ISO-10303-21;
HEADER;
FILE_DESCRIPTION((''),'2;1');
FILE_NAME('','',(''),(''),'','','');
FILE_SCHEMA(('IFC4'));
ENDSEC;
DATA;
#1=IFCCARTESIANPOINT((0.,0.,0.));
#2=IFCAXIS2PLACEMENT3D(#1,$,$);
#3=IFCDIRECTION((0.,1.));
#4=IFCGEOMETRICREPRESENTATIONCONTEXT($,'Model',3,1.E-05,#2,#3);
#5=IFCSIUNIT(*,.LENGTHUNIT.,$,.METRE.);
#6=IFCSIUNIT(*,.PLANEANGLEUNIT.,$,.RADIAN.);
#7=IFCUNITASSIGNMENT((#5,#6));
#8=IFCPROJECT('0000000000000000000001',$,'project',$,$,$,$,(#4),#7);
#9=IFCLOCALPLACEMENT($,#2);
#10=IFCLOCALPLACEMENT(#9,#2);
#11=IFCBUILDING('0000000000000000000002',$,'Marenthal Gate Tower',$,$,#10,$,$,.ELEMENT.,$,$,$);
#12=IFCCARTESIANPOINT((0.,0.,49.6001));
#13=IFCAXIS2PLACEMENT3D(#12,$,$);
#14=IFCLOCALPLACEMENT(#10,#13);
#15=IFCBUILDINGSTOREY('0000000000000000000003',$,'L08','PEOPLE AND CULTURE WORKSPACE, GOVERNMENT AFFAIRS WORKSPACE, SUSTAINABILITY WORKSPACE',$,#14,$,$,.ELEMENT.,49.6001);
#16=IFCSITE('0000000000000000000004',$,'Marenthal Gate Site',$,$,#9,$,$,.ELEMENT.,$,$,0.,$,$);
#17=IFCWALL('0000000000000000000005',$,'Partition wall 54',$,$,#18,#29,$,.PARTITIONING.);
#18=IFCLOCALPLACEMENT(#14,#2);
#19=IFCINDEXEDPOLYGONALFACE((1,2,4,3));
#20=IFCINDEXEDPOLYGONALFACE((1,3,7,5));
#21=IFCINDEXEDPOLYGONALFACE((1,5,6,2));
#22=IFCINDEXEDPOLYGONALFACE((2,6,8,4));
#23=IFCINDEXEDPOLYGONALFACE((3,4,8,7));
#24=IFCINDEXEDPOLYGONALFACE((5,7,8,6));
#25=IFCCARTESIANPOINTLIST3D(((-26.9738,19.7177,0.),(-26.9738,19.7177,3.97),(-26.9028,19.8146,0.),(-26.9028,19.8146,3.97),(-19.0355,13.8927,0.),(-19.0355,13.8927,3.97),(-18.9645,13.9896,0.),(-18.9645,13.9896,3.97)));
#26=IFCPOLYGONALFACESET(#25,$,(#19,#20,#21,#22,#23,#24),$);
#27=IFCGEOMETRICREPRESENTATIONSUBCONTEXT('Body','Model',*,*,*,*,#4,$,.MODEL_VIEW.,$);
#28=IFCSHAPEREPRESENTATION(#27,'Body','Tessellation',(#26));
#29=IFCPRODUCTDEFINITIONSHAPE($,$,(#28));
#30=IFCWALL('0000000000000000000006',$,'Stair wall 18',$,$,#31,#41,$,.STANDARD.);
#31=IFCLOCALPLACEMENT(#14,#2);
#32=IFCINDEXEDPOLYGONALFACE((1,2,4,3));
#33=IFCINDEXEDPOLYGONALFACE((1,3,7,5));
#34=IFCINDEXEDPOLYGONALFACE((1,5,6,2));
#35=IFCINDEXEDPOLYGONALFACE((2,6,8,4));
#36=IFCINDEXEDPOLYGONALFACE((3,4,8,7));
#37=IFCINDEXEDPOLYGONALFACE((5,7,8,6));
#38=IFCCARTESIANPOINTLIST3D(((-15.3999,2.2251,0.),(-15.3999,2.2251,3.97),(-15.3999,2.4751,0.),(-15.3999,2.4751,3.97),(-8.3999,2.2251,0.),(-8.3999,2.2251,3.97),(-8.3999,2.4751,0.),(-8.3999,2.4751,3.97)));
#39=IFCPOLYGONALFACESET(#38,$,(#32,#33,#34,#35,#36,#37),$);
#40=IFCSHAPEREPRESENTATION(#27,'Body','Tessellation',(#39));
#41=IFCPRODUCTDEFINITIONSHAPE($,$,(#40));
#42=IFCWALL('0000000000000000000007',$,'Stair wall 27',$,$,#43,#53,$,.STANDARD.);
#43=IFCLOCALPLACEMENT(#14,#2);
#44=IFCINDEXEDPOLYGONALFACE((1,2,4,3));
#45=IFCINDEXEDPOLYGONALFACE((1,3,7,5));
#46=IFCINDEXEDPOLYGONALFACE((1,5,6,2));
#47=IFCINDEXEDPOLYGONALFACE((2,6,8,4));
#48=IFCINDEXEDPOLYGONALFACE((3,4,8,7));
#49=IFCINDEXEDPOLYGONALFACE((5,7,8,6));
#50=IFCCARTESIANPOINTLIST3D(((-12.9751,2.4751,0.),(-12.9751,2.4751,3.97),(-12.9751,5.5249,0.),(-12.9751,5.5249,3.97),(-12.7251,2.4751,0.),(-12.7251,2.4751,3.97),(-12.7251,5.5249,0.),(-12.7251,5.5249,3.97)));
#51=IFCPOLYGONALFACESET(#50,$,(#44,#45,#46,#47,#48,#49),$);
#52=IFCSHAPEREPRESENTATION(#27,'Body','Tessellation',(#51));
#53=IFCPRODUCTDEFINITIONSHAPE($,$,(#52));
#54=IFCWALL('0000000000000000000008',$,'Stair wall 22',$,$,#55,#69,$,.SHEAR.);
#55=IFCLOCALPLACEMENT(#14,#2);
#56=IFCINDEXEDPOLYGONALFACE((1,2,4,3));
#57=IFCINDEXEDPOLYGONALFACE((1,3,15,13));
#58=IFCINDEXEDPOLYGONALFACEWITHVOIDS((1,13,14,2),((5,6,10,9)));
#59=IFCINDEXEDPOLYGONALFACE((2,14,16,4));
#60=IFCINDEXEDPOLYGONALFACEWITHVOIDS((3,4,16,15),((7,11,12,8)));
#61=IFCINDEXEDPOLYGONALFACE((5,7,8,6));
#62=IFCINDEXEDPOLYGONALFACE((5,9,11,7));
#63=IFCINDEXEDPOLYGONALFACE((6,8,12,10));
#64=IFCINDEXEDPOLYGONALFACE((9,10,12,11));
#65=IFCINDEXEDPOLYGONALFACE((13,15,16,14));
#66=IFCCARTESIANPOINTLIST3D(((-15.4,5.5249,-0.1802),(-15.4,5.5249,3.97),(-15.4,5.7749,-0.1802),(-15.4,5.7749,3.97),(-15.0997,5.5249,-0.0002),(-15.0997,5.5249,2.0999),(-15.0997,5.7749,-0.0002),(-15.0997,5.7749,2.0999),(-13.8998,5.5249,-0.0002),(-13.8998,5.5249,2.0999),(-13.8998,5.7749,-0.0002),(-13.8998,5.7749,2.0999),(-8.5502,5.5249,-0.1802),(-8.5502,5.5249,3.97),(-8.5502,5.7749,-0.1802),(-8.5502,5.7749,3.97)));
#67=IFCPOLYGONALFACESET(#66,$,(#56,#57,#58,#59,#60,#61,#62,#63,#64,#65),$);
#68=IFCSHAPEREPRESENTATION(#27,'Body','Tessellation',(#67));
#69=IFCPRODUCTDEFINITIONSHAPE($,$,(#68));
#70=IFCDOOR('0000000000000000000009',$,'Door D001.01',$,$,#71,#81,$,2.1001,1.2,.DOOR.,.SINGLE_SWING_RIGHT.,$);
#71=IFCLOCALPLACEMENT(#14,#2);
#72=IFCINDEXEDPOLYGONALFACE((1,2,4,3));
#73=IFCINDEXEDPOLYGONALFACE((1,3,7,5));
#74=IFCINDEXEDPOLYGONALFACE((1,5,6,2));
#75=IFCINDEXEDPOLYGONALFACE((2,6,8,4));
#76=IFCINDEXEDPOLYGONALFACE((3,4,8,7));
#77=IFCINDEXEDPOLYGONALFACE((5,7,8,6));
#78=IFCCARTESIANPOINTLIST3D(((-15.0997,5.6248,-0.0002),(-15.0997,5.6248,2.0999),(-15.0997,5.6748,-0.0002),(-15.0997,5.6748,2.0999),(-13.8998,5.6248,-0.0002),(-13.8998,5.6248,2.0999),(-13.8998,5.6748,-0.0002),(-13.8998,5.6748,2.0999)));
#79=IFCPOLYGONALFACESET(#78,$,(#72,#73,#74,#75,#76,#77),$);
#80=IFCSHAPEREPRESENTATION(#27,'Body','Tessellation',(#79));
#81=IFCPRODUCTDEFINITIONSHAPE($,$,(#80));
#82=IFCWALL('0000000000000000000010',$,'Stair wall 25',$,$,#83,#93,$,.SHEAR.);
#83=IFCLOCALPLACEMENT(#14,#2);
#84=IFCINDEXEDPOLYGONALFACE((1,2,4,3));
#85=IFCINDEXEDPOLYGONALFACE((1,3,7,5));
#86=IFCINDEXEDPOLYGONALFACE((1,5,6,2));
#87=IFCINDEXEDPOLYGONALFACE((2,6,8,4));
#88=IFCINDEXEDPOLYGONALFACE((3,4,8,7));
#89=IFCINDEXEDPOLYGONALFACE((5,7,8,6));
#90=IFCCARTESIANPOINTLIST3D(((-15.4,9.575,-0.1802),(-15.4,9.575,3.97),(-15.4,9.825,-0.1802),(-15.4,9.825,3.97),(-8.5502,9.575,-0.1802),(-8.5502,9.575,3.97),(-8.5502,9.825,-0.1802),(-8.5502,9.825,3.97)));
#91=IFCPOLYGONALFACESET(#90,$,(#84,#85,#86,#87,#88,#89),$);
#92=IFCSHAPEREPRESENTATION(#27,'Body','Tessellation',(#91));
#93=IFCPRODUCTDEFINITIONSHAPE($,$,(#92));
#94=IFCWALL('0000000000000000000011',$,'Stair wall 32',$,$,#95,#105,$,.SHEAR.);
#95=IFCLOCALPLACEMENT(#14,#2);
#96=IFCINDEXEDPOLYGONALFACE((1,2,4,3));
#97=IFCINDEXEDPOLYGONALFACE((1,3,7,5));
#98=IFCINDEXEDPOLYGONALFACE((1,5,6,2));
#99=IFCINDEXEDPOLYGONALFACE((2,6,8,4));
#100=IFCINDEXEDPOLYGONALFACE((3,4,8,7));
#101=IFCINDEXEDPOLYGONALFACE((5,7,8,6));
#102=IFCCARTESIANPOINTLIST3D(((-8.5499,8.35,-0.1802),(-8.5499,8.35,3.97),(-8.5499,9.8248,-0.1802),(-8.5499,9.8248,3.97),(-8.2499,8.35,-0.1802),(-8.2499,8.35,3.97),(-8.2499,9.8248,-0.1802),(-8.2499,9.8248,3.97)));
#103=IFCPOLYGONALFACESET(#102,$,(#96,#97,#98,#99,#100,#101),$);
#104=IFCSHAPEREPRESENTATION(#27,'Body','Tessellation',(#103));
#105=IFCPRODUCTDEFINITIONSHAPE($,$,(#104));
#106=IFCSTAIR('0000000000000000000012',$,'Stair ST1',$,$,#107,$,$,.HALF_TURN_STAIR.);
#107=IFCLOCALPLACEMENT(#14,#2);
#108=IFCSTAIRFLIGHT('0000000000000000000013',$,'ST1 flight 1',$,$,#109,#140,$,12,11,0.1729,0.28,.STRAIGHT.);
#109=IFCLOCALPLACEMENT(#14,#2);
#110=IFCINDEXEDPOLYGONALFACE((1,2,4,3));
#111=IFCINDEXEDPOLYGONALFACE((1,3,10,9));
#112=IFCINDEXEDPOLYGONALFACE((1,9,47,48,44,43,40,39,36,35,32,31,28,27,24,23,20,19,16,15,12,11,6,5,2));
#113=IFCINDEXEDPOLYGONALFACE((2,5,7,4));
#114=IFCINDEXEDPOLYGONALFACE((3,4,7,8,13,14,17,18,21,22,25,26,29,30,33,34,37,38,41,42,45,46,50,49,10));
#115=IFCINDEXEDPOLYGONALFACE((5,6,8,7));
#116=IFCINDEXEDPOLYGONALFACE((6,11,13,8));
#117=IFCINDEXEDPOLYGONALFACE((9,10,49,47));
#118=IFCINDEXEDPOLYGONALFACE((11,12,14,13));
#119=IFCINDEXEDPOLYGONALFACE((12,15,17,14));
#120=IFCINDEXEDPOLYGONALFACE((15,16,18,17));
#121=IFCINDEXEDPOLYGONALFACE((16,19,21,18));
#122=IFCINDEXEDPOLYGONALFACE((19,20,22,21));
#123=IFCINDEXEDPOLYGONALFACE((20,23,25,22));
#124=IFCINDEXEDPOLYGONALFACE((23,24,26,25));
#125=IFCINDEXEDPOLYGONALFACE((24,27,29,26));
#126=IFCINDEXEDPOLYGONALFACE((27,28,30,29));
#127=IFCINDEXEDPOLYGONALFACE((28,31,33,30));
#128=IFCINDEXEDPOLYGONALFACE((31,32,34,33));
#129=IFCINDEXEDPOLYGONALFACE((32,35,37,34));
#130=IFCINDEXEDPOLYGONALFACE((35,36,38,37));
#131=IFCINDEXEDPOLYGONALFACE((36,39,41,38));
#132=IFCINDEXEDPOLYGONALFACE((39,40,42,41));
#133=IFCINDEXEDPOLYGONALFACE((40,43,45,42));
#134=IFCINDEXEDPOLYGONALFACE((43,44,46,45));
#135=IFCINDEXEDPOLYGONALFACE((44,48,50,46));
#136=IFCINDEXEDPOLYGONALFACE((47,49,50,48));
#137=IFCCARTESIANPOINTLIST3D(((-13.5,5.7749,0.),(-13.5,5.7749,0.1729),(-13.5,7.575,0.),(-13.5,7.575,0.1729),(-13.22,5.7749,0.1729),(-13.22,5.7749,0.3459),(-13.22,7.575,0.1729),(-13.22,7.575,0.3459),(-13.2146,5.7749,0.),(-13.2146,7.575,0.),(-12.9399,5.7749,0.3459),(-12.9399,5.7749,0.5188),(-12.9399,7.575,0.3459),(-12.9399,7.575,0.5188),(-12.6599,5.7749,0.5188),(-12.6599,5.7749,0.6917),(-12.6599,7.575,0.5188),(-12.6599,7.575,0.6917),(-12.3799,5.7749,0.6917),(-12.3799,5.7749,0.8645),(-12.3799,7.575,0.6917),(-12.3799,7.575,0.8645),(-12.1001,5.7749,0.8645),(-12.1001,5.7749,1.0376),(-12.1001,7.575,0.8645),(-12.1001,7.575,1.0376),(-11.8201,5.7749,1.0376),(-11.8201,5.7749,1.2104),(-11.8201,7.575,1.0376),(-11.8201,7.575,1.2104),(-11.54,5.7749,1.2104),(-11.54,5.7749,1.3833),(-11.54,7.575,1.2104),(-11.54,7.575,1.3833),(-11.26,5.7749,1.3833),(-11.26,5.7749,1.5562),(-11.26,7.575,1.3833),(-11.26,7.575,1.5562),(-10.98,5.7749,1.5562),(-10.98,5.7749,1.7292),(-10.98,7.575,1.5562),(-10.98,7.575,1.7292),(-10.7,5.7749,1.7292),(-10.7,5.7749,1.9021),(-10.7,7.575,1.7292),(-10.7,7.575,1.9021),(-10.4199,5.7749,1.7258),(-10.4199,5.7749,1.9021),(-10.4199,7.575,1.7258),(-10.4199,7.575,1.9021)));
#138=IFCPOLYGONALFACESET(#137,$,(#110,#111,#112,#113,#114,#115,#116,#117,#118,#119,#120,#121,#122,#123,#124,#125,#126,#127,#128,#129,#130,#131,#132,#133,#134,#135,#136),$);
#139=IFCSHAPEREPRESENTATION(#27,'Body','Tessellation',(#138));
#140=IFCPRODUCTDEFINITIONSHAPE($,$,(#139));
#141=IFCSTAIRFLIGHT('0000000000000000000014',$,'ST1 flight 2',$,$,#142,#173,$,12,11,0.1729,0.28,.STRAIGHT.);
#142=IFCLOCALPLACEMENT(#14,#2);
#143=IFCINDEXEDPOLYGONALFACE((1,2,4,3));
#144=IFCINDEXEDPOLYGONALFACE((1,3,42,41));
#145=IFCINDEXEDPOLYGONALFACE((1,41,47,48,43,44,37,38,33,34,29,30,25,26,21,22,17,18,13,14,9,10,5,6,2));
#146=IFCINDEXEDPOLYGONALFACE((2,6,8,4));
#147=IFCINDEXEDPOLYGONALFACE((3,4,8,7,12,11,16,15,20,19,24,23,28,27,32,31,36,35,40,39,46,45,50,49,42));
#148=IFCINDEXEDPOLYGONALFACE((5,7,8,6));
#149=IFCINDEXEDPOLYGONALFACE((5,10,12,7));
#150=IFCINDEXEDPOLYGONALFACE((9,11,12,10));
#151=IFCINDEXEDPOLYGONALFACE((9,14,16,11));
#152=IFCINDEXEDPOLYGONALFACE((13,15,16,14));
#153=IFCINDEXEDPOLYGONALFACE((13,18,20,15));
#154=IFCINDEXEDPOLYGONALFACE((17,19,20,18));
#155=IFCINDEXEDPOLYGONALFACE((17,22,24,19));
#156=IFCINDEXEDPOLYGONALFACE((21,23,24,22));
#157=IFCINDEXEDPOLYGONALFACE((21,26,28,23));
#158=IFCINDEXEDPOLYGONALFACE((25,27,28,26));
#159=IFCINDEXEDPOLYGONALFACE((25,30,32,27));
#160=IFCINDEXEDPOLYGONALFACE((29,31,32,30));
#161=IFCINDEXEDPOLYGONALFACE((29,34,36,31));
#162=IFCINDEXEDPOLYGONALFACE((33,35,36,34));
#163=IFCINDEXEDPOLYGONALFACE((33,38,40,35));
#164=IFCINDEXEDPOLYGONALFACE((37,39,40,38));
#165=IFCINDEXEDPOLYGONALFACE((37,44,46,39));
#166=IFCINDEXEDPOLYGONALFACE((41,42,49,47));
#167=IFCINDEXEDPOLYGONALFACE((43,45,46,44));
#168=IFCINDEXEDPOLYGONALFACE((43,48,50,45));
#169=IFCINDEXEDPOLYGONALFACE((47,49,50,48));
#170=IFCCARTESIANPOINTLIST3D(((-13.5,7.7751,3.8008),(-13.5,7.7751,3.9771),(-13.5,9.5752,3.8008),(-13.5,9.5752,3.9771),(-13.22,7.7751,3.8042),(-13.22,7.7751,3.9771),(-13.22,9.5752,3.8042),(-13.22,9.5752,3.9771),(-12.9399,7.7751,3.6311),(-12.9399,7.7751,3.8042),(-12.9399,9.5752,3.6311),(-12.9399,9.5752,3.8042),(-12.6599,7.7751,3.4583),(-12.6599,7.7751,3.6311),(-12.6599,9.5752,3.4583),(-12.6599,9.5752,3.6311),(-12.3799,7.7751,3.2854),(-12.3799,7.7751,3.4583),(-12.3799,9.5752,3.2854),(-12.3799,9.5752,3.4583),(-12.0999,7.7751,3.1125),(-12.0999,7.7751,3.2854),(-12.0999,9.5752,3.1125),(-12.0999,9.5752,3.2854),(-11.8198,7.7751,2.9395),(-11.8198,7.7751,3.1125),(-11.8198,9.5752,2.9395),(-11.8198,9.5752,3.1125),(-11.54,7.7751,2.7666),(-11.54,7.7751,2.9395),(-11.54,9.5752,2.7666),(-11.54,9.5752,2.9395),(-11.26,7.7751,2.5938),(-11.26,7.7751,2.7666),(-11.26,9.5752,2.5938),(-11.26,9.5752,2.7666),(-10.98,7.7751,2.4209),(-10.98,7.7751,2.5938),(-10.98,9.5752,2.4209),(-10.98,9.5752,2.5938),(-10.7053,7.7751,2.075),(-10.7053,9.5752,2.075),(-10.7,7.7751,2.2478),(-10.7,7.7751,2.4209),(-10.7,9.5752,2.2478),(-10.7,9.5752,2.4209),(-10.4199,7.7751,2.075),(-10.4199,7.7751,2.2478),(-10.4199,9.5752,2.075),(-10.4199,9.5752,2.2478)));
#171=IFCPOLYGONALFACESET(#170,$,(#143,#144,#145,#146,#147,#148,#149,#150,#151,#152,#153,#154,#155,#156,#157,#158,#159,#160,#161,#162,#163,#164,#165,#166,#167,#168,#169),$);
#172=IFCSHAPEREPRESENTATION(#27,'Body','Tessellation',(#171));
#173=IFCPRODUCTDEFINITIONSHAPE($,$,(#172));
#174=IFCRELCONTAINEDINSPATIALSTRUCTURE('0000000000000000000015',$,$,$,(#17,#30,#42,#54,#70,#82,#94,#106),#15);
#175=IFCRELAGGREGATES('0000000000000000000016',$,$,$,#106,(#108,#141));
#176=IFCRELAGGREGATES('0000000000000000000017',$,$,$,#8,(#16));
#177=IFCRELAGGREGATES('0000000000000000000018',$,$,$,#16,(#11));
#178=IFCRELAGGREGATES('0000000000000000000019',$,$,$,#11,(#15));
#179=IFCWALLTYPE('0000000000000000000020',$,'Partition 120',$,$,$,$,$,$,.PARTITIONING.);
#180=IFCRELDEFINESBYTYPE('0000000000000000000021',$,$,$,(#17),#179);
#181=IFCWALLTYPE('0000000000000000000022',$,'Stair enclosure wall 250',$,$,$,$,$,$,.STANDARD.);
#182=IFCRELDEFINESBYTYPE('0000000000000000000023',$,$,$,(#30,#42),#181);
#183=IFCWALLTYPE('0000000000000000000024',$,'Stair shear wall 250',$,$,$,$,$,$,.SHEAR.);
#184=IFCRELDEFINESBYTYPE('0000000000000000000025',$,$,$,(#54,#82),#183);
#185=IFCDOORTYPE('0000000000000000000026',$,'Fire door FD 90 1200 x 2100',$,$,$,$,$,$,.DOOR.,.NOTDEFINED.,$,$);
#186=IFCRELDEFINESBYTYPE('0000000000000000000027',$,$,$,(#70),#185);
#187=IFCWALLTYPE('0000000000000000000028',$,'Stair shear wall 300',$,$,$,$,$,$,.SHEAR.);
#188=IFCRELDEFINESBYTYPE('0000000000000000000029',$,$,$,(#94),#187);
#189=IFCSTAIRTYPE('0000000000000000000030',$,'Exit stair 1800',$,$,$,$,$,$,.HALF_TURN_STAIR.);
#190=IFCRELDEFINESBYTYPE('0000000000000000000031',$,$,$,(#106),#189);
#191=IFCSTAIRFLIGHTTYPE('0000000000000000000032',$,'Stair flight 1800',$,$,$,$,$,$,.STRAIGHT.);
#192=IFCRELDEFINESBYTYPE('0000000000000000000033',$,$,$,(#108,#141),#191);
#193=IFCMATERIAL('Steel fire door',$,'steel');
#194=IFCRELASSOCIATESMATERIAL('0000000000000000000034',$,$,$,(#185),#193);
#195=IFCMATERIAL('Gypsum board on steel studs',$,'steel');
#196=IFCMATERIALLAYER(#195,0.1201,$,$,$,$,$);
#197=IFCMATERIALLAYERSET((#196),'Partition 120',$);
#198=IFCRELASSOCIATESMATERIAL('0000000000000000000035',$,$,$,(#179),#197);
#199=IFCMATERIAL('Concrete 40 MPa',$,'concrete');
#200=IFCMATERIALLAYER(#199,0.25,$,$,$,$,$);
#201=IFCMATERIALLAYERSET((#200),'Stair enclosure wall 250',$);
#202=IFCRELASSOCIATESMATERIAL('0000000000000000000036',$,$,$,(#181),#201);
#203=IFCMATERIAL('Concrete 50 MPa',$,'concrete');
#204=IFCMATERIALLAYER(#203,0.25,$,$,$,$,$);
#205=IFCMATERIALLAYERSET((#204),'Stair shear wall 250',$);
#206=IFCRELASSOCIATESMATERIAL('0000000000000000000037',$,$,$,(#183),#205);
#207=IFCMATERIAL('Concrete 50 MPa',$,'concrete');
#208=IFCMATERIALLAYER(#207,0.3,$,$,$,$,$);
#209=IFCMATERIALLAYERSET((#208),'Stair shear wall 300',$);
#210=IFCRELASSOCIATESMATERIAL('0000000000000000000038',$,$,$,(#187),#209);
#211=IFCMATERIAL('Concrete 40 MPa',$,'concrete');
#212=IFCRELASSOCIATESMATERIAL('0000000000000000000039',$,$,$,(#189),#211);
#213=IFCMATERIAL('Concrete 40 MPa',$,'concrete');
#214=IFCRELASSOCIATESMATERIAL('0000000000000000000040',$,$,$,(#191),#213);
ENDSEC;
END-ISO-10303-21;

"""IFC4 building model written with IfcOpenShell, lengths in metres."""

from ifc_helpers import new_model, si_unit, direction, frame, frame_2d, origin, place, context, subcontext, project, spatial, polyline, rectangle, outline, extrude, material, layer, layer_set, type_object, element, fill, aggregate, save


model = new_model("IFC4")

# Units and contexts
model_context = context("Model", 3, precision=1e-05, world=origin(), true_north=direction((0.0, 1.0)))
body_context = subcontext(model_context, "Body", "Model", "MODEL_VIEW")
ifc_project = project(units=[si_unit("LENGTHUNIT", "METRE"), si_unit("PLANEANGLEUNIT", "RADIAN")], contexts=[model_context])

# Site, building, storey
site_placement = place(None, origin())
site = spatial("IfcSite", under=ifc_project, at=site_placement, Name="Marenthal Gate Site", CompositionType="ELEMENT", RefElevation=0.0)
building_placement = place(site_placement, origin())
building = spatial("IfcBuilding", under=site, at=building_placement, Name="Marenthal Gate Tower", CompositionType="ELEMENT")
storey_placement = place(building_placement, frame((0.0, 0.0, 49.6001)))
storey = spatial("IfcBuildingStorey", under=building, at=storey_placement, Name="L08", Description="PEOPLE AND CULTURE WORKSPACE, GOVERNMENT AFFAIRS WORKSPACE, SUSTAINABILITY WORKSPACE", CompositionType="ELEMENT", Elevation=49.6001)

# Shared definitions
ifc_material_1 = material(Name="Steel fire door", Category="steel")
door_type_1 = type_object("IfcDoorType", Name="Fire door FD 90 1200 x 2100", OperationType="NOTDEFINED", PredefinedType="DOOR", material=ifc_material_1)

# Walls
ifc_material_2 = material(Name="Gypsum board on steel studs", Category="steel")
ifc_layer_1 = layer(ifc_material_2, 0.1201)
ifc_layer_set_1 = layer_set([ifc_layer_1], Name="Partition 120")
wall_type_1 = type_object("IfcWallType", Name="Partition 120", PredefinedType="PARTITIONING", material=ifc_layer_set_1)
wall_1_placement = place(storey_placement, frame((-19.0, 13.9412, 0.0), z_axis=(0.0, 0.0, 1.0), x_axis=(-0.806232, 0.5916, 0.0)))
element("IfcWall", 1, at=wall_1_placement, inside=storey, type_object=wall_type_1, Name="Partition wall 54", PredefinedType="PARTITIONING", context=body_context, shape_type="SweptSolid", body=[
    extrude(rectangle(XDim=9.8462, YDim=0.1201, at=frame_2d((4.9231, 0.0))), origin(), (0.0, 0.0, 1.0), 3.97),
])
ifc_material_3 = material(Name="Concrete 40 MPa", Category="concrete")
ifc_layer_2 = layer(ifc_material_3, 0.25)
ifc_layer_set_2 = layer_set([ifc_layer_2], Name="Stair enclosure wall 250")
wall_type_2 = type_object("IfcWallType", Name="Stair enclosure wall 250", PredefinedType="STANDARD", material=ifc_layer_set_2)
wall_2_placement = place(storey_placement, frame((-15.3999, 2.3501, 0.0), z_axis=(0.0, 0.0, 1.0), x_axis=(1.0, 0.0, 0.0)))
element("IfcWall", 2, at=wall_2_placement, inside=storey, type_object=wall_type_2, Name="Stair wall 18", PredefinedType="STANDARD", context=body_context, shape_type="SweptSolid", body=[
    extrude(rectangle(XDim=7.0, YDim=0.25, at=frame_2d((3.5, 0.0))), origin(), (0.0, 0.0, 1.0), 3.97),
])
wall_3_placement = place(storey_placement, frame((-12.8501, 2.4751, 0.0), z_axis=(0.0, 0.0, 1.0), x_axis=(0.0, 1.0, 0.0)))
element("IfcWall", 3, at=wall_3_placement, inside=storey, type_object=wall_type_2, Name="Stair wall 27", PredefinedType="STANDARD", context=body_context, shape_type="SweptSolid", body=[
    extrude(rectangle(XDim=3.0498, YDim=0.25, at=frame_2d((1.5249, 0.0))), origin(), (0.0, 0.0, 1.0), 3.97),
])

# Wall, opening, door
ifc_material_4 = material(Name="Concrete 50 MPa", Category="concrete")
ifc_layer_3 = layer(ifc_material_4, 0.25)
ifc_layer_set_3 = layer_set([ifc_layer_3], Name="Stair shear wall 250")
wall_type_3 = type_object("IfcWallType", Name="Stair shear wall 250", PredefinedType="SHEAR", material=ifc_layer_set_3)
wall_4_placement = place(storey_placement, frame((-15.3999, 5.6499, -0.1802), z_axis=(0.0, 0.0, 1.0), x_axis=(1.0, 0.0, 0.0)))
wall_4 = element("IfcWall", 4, at=wall_4_placement, inside=storey, type_object=wall_type_3, Name="Stair wall 22", PredefinedType="SHEAR", context=body_context, shape_type="SweptSolid", body=[
    extrude(rectangle(XDim=6.8499, YDim=0.25, at=frame_2d((3.4248, 0.0))), origin(), (0.0, 0.0, 1.0), 4.1501),
])
opening_1_placement = place(wall_4_placement, frame((0.3, 0.0, 0.1799)))
opening_1 = element("IfcOpeningElement", 5, at=opening_1_placement, cuts=wall_4, PredefinedType="OPENING", context=body_context, shape_type="SweptSolid", body=[
    extrude(rectangle(XDim=1.2, YDim=2.1001, at=frame_2d((0.6001, 1.05))), frame((0.0, 0.135, 0.0), z_axis=(0.0, -1.0, 0.0), x_axis=(1.0, 0.0, 0.0)), (0.0, 0.0, 1.0), 0.27),
])
door_1_placement = place(opening_1_placement, origin())
door_1 = element("IfcDoor", 6, at=door_1_placement, inside=storey, type_object=door_type_1, Name="Door D001.01", OperationType="SINGLE_SWING_RIGHT", OverallHeight=2.1001, OverallWidth=1.2, PredefinedType="DOOR", context=body_context, shape_type="SweptSolid", body=[
    extrude(rectangle(XDim=1.2, YDim=2.1001, at=frame_2d((0.6001, 1.05))), frame((0.0, 0.0249, 0.0), z_axis=(0.0, -1.0, 0.0), x_axis=(1.0, 0.0, 0.0)), (0.0, 0.0, 1.0), 0.05),
])
fill(opening_1, door_1)

# Walls
wall_5_placement = place(storey_placement, frame((-15.3999, 9.7, -0.1802), z_axis=(0.0, 0.0, 1.0), x_axis=(1.0, 0.0, 0.0)))
element("IfcWall", 7, at=wall_5_placement, inside=storey, type_object=wall_type_3, Name="Stair wall 25", PredefinedType="SHEAR", context=body_context, shape_type="SweptSolid", body=[
    extrude(rectangle(XDim=6.8499, YDim=0.25, at=frame_2d((3.4248, 0.0))), origin(), (0.0, 0.0, 1.0), 4.1501),
])
ifc_material_5 = material(Name="Concrete 50 MPa", Category="concrete")
ifc_layer_4 = layer(ifc_material_5, 0.3)
ifc_layer_set_4 = layer_set([ifc_layer_4], Name="Stair shear wall 300")
wall_type_4 = type_object("IfcWallType", Name="Stair shear wall 300", PredefinedType="SHEAR", material=ifc_layer_set_4)
wall_6_placement = place(storey_placement, frame((-8.3999, 8.3501, -0.1802), z_axis=(0.0, 0.0, 1.0), x_axis=(0.0, 1.0, 0.0)))
element("IfcWall", 8, at=wall_6_placement, inside=storey, type_object=wall_type_4, Name="Stair wall 32", PredefinedType="SHEAR", context=body_context, shape_type="SweptSolid", body=[
    extrude(rectangle(XDim=1.4749, YDim=0.3, at=frame_2d((0.7373, 0.0))), origin(), (0.0, 0.0, 1.0), 4.1501),
])

# Stair, stair flights
ifc_material_6 = material(Name="Concrete 40 MPa", Category="concrete")
stair_type = type_object("IfcStairType", Name="Exit stair 1800", PredefinedType="HALF_TURN_STAIR", material=ifc_material_6)
stair_placement = place(storey_placement, origin())
stair = element("IfcStair", 9, at=stair_placement, inside=storey, type_object=stair_type, Name="Stair ST1", PredefinedType="HALF_TURN_STAIR")
ifc_material_7 = material(Name="Concrete 40 MPa", Category="concrete")
stair_flight_type = type_object("IfcStairFlightType", Name="Stair flight 1800", PredefinedType="STRAIGHT", material=ifc_material_7)
stair_flight_1_placement = place(storey_placement, frame((-13.5, 6.675, 0.0), z_axis=(0.0, 0.0, 1.0), x_axis=(1.0, 0.0, 0.0)))
stair_flight_1 = element("IfcStairFlight", 10, at=stair_flight_1_placement, type_object=stair_flight_type, Name="ST1 flight 1", NumberOfRisers=12, NumberOfTreads=11, PredefinedType="STRAIGHT", RiserHeight=0.1729, TreadLength=0.28, context=body_context, shape_type="SweptSolid", body=[
    extrude(outline(polyline([(0.0, 0.0), (0.0, 0.1729), (0.28, 0.1729), (0.28, 0.3459), (0.5601, 0.3459), (0.5601, 0.5188), (0.8401, 0.5188), (0.8401, 0.6917), (1.1201, 0.6917), (1.1201, 0.8645), (1.3999, 0.8645), (1.3999, 1.0376), (1.6799, 1.0376), (1.6799, 1.2104), (1.96, 1.2104), (1.96, 1.3833), (2.24, 1.3833), (2.24, 1.5562), (2.52, 1.5562), (2.52, 1.7292), (2.8, 1.7292), (2.8, 1.9021), (3.0801, 1.9021), (3.0801, 2.075), (3.0801, 1.7258), (0.2854, 0.0), (0.0, 0.0)])), frame((0.0, 0.8999, 0.0), z_axis=(0.0, -1.0, 0.0), x_axis=(1.0, 0.0, 0.0)), (0.0, 0.0, 1.0), 1.8),
])
stair_flight_2_placement = place(storey_placement, frame((-10.4199, 8.675, 2.075), z_axis=(0.0, 0.0, 1.0), x_axis=(-1.0, 0.0, 0.0)))
stair_flight_2 = element("IfcStairFlight", 11, at=stair_flight_2_placement, type_object=stair_flight_type, Name="ST1 flight 2", NumberOfRisers=12, NumberOfTreads=11, PredefinedType="STRAIGHT", RiserHeight=0.1729, TreadLength=0.28, context=body_context, shape_type="SweptSolid", body=[
    extrude(outline(polyline([(0.0, 0.0), (0.0, 0.1729), (0.28, 0.1729), (0.28, 0.3459), (0.5601, 0.3459), (0.5601, 0.5188), (0.8401, 0.5188), (0.8401, 0.6917), (1.1201, 0.6917), (1.1201, 0.8645), (1.3999, 0.8645), (1.3999, 1.0376), (1.6799, 1.0376), (1.6799, 1.2104), (1.96, 1.2104), (1.96, 1.3833), (2.24, 1.3833), (2.24, 1.5562), (2.52, 1.5562), (2.52, 1.7292), (2.8, 1.7292), (2.8, 1.9021), (3.0801, 1.9021), (3.0801, 2.075), (3.0801, 1.7258), (0.2854, 0.0), (0.0, 0.0)])), frame((0.0, 0.8999, 0.0), z_axis=(0.0, -1.0, 0.0), x_axis=(1.0, 0.0, 0.0)), (0.0, 0.0, 1.0), 1.8),
])
aggregate(stair, [stair_flight_1, stair_flight_2])

save(model, "model.ifc")
